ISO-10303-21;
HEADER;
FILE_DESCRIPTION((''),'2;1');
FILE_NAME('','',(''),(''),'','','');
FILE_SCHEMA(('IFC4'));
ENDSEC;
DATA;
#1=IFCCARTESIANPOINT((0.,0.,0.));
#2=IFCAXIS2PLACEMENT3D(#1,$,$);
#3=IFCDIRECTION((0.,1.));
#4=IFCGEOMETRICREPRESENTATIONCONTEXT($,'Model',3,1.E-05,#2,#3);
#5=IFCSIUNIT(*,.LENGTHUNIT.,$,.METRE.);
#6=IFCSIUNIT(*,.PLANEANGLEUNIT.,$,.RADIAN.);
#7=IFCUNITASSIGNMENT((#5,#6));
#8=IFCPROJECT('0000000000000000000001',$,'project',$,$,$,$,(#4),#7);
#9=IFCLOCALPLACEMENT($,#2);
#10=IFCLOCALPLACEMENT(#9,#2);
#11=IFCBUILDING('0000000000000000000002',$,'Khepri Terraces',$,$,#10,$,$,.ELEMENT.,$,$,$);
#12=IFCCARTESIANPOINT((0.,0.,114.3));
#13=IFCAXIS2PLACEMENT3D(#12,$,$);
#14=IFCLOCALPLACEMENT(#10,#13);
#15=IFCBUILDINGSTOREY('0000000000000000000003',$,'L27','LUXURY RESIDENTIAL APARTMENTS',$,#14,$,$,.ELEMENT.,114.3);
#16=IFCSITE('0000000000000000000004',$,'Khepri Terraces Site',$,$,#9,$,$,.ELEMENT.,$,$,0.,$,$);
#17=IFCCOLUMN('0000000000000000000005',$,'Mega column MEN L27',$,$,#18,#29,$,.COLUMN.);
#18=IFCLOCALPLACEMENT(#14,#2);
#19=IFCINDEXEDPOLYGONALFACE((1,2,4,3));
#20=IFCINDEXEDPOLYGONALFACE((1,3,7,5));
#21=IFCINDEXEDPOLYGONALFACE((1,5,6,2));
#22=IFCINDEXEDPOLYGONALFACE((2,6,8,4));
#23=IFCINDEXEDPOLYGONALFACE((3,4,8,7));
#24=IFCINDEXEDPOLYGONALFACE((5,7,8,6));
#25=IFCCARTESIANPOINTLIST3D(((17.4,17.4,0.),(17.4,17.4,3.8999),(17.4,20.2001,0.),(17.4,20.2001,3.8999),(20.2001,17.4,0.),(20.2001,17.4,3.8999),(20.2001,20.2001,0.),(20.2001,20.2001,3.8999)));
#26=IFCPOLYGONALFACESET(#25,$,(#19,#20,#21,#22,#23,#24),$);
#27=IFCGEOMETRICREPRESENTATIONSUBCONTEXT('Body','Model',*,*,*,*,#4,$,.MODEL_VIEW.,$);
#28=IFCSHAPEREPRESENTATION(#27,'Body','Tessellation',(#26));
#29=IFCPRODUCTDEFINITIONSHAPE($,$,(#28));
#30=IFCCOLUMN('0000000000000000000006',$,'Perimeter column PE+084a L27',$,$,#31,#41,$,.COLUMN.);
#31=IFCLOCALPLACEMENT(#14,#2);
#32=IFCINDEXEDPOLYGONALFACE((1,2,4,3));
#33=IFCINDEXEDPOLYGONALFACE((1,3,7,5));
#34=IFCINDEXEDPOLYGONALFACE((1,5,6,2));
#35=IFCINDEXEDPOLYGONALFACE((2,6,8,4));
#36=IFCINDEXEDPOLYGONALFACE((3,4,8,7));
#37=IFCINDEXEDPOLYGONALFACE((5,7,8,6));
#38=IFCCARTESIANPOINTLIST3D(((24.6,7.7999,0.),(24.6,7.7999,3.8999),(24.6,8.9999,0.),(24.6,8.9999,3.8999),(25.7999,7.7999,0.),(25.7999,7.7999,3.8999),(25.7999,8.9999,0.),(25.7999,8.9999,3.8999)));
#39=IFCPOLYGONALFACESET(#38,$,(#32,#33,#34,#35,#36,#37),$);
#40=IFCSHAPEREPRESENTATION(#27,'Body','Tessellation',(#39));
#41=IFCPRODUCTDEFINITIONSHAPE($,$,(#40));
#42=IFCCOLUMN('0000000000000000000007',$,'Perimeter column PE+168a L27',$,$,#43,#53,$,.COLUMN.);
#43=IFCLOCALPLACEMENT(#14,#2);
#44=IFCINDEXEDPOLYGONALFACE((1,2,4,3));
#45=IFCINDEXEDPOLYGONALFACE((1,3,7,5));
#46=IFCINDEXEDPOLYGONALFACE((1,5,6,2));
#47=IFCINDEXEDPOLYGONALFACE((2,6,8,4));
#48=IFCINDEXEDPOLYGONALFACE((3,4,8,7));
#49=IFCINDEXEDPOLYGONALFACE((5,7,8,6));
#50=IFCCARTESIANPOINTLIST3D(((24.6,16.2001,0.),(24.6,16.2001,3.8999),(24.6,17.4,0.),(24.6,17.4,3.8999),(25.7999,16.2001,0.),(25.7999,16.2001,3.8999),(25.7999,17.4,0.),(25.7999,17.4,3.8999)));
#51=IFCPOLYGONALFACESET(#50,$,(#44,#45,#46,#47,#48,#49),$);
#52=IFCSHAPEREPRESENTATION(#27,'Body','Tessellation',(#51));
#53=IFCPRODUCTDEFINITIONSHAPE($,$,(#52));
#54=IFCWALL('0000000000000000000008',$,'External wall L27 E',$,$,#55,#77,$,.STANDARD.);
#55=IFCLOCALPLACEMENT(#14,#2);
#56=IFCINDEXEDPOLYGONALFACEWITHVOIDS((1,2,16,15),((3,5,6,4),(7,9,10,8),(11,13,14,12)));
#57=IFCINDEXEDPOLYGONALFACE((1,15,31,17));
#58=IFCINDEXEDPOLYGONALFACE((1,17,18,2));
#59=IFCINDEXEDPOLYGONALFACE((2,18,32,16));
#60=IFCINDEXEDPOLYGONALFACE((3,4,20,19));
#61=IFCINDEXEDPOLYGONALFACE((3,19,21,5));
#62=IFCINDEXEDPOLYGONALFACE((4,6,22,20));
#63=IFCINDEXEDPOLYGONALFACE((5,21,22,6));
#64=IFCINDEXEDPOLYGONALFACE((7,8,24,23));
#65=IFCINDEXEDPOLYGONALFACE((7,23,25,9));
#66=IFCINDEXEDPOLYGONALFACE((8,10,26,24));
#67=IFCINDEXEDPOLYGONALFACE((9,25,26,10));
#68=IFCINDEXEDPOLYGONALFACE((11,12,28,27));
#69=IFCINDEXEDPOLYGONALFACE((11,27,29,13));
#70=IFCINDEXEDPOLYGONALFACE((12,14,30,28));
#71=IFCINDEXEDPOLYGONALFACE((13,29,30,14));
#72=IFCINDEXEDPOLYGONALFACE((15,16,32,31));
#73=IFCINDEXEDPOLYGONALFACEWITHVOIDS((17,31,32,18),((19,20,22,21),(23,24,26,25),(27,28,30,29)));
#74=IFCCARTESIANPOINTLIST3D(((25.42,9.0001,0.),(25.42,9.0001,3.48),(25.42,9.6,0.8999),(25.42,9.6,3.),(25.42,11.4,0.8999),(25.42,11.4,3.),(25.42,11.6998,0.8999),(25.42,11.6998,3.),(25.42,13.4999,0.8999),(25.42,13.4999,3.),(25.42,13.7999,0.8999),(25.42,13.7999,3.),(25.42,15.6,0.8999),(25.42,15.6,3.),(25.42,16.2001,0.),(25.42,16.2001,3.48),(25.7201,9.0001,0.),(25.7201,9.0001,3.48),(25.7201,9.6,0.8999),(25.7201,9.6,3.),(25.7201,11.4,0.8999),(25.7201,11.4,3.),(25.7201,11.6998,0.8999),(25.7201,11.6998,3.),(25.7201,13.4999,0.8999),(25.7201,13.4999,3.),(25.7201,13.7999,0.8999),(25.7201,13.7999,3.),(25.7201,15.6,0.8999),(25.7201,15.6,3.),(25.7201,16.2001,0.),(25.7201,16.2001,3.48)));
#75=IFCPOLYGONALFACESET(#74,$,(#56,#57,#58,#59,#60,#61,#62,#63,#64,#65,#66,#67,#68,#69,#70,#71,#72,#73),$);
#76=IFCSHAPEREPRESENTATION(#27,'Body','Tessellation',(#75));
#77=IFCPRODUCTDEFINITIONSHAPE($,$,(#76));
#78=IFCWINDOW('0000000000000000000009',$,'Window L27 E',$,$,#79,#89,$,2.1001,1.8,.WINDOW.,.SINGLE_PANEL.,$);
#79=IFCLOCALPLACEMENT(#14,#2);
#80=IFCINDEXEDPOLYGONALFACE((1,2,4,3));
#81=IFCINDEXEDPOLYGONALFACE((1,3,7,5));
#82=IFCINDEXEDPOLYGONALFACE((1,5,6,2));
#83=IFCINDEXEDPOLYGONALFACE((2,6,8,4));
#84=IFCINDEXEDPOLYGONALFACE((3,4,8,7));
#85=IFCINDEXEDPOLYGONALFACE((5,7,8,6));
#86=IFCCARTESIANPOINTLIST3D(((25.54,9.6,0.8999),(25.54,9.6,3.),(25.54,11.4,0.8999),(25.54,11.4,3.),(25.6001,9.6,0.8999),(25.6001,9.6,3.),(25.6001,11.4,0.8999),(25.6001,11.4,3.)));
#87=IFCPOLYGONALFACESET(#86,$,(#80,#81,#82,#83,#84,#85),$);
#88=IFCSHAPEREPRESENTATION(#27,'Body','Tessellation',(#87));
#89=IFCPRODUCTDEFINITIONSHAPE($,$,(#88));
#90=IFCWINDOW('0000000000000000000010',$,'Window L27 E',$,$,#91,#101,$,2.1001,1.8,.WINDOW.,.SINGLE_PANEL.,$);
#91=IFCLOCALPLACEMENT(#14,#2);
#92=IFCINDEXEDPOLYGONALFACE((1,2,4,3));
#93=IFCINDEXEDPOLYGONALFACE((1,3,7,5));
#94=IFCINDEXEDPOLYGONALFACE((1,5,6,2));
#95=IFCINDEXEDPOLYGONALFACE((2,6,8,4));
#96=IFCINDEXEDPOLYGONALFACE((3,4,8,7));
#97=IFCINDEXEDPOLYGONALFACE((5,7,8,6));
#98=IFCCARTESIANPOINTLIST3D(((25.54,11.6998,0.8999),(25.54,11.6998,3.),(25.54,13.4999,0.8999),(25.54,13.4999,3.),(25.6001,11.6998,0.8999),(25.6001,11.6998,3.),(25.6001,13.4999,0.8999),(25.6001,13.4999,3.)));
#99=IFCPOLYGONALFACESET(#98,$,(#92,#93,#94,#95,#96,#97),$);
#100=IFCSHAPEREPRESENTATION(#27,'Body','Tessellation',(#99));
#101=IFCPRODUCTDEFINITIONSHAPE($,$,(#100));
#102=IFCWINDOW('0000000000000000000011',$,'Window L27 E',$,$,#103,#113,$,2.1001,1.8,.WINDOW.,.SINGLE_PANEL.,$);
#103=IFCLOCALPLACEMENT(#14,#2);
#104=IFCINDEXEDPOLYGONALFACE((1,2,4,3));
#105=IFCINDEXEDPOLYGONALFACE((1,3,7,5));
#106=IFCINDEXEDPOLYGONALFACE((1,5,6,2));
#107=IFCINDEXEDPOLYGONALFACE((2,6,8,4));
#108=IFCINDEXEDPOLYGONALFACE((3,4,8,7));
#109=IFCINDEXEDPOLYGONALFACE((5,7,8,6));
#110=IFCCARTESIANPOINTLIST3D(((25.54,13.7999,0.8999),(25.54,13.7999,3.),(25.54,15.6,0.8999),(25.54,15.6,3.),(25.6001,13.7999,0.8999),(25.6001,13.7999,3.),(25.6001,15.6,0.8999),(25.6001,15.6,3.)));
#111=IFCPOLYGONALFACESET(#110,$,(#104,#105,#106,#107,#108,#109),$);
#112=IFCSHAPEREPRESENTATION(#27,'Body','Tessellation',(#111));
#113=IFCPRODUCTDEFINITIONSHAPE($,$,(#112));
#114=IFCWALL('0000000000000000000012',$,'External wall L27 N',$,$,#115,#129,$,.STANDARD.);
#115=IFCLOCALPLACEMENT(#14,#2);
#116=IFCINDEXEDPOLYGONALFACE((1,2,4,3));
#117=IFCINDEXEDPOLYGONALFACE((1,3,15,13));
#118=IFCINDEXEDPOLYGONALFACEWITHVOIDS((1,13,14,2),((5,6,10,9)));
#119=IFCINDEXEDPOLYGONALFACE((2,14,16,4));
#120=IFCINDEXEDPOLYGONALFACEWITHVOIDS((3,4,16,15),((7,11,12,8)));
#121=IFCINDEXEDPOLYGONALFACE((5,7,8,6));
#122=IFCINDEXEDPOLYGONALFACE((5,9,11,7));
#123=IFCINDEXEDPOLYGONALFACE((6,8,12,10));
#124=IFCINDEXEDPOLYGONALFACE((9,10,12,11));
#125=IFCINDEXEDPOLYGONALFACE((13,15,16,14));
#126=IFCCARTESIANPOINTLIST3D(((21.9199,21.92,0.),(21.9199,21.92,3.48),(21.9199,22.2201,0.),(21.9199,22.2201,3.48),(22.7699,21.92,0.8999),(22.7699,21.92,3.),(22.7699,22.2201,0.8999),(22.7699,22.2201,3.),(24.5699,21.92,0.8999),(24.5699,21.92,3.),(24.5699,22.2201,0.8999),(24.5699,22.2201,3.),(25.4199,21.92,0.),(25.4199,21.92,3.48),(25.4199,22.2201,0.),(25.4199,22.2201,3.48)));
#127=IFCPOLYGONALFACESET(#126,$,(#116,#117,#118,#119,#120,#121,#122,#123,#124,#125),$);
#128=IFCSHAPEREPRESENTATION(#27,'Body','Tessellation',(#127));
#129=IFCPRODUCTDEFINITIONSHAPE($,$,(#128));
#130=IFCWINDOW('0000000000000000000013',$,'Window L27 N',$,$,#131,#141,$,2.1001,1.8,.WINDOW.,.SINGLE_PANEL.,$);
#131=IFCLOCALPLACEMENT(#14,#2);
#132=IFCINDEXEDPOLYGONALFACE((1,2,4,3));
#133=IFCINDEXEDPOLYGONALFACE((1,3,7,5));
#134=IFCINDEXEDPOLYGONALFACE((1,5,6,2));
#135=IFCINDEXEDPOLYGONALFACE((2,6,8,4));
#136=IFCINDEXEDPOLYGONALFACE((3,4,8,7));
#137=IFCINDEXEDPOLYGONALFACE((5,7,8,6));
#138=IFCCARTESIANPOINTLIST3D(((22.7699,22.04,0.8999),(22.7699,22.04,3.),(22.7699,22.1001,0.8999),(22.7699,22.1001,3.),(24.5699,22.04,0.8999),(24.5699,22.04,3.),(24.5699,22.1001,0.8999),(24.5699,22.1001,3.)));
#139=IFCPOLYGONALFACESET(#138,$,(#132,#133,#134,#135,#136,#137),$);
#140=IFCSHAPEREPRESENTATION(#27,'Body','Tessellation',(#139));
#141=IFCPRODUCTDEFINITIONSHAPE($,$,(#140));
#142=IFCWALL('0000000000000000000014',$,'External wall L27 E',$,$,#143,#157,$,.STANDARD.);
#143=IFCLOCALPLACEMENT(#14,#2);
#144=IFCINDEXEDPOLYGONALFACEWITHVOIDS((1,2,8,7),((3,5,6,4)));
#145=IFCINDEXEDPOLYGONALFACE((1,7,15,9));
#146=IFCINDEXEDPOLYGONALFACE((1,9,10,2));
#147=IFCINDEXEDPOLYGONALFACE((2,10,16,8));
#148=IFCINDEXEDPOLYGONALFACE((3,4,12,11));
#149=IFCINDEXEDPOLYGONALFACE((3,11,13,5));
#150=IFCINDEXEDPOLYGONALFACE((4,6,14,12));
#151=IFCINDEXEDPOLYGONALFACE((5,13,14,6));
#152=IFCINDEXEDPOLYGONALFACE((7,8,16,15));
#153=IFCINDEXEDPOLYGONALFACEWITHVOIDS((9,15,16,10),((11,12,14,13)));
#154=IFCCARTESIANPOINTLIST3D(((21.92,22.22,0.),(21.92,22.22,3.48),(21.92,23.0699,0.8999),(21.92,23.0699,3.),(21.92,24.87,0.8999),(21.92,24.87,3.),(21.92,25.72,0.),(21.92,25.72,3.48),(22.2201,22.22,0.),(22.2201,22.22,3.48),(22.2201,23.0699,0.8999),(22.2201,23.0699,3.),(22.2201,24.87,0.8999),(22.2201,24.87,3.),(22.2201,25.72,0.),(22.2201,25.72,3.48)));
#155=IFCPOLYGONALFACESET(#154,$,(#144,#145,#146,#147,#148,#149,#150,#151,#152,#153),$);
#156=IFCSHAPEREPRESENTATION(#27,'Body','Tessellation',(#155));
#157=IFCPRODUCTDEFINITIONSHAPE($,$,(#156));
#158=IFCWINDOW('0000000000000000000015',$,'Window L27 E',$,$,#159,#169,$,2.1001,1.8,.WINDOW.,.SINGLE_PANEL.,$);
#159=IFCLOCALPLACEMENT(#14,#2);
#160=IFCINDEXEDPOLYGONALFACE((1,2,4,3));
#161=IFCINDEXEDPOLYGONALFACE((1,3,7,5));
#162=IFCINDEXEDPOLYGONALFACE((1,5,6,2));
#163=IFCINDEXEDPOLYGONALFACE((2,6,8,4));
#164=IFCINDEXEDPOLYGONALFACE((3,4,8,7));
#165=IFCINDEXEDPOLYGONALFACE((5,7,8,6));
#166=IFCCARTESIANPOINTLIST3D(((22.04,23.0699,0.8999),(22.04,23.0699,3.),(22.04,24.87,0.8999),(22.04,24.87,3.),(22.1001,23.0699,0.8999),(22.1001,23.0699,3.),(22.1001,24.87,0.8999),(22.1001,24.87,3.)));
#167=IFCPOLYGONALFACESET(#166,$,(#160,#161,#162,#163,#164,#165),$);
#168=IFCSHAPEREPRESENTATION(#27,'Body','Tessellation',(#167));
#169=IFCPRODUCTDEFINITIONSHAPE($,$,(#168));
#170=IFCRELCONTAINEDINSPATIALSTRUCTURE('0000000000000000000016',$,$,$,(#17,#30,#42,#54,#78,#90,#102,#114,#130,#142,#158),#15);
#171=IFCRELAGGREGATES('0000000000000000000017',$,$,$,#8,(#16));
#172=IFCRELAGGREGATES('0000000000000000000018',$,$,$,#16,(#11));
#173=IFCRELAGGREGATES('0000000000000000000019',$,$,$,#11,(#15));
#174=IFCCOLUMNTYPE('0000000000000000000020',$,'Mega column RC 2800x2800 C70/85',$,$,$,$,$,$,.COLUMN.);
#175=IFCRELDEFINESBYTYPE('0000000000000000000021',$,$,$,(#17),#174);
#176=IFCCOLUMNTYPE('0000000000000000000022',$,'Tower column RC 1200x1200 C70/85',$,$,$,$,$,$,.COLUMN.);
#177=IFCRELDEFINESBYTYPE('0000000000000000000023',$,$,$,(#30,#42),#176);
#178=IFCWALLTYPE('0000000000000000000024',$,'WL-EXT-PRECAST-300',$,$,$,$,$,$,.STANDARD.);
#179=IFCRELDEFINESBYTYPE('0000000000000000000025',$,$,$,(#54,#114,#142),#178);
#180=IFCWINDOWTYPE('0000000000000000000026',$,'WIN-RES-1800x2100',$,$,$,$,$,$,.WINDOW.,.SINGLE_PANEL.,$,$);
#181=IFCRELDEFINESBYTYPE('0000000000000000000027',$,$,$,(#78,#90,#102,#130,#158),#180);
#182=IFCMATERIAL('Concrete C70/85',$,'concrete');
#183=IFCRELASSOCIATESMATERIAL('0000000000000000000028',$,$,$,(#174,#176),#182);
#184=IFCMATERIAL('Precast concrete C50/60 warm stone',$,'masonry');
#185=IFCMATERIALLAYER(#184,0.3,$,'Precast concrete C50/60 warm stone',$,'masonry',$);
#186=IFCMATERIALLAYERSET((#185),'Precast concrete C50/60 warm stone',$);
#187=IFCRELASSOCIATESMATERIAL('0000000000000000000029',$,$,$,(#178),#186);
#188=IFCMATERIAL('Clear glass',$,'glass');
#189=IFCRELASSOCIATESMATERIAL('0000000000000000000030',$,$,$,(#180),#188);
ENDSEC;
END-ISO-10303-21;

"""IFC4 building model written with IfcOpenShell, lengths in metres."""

from ifc_helpers import new_model, si_unit, direction, frame, frame_2d, origin, origin_2d, place, context, subcontext, project, spatial, rectangle, extrude, material, layer, layer_set, material_profile, profile_set, type_object, element, fill, save


model = new_model("IFC4")

# Units and contexts
model_context = context("Model", 3, precision=1e-05, world=origin(), true_north=direction((0.0, 1.0)))
body_context = subcontext(model_context, "Body", "Model", "MODEL_VIEW")
ifc_project = project(units=[si_unit("LENGTHUNIT", "METRE"), si_unit("PLANEANGLEUNIT", "RADIAN")], contexts=[model_context])

# Site, building, storey
site_placement = place(None, origin())
site = spatial("IfcSite", under=ifc_project, at=site_placement, Name="Khepri Terraces Site", CompositionType="ELEMENT", RefElevation=0.0)
building_placement = place(site_placement, origin())
building = spatial("IfcBuilding", under=site, at=building_placement, Name="Khepri Terraces", CompositionType="ELEMENT")
storey_placement = place(building_placement, frame((0.0, 0.0, 114.3)))
storey = spatial("IfcBuildingStorey", under=building, at=storey_placement, Name="L27", Description="LUXURY RESIDENTIAL APARTMENTS", CompositionType="ELEMENT", Elevation=114.3)

# Columns
ifc_material_1 = material(Name="Concrete C70/85", Category="concrete")
ifc_material_profile_1 = material_profile(ifc_material_1, rectangle(XDim=2.8, YDim=2.8, at=origin_2d()), Name="Concrete C70/85", Category="concrete")
ifc_profile_set_1 = profile_set([ifc_material_profile_1], Name="Concrete C70/85")
column_type_1 = type_object("IfcColumnType", Name="Mega column RC 2800x2800 C70/85", PredefinedType="COLUMN", material=ifc_profile_set_1)
column_placement = place(storey_placement, frame((18.8, 18.8, 0.0), z_axis=(0.0, 0.0, 1.0), x_axis=(1.0, 0.0, 0.0)))
element("IfcColumn", 1, at=column_placement, inside=storey, type_object=column_type_1, Name="Mega column MEN L27", PredefinedType="COLUMN", context=body_context, shape_type="SweptSolid", body=[
    extrude(rectangle(XDim=2.8, YDim=2.8, at=origin_2d()), origin(), (0.0, 0.0, 1.0), 3.8999),
])
ifc_material_profile_2 = material_profile(ifc_material_1, rectangle(XDim=1.2, YDim=1.2, at=origin_2d()), Name="Concrete C70/85", Category="concrete")
ifc_profile_set_2 = profile_set([ifc_material_profile_2], Name="Concrete C70/85")
column_type_2 = type_object("IfcColumnType", Name="Tower column RC 1200x1200 C70/85", PredefinedType="COLUMN", material=ifc_profile_set_2)
for number, where, z_axis, x_axis, name in (
    (2, (25.2, 8.3999, 0.0), (0.0, 0.0, 1.0), (1.0, 0.0, 0.0), "Perimeter column PE+084a L27"),
    (3, (25.2, 16.8, 0.0), (0.0, 0.0, 1.0), (1.0, 0.0, 0.0), "Perimeter column PE+168a L27"),
):
    element("IfcColumn", number, at=place(storey_placement, frame(where, z_axis=z_axis, x_axis=x_axis)), inside=storey, type_object=column_type_2, Name=name, PredefinedType="COLUMN", context=body_context, shape_type="SweptSolid", body=[
        extrude(rectangle(XDim=1.2, YDim=1.2, at=origin_2d()), origin(), (0.0, 0.0, 1.0), 3.8999),
    ])

# Wall, openings, windows
ifc_material_2 = material(Name="Precast concrete C50/60 warm stone", Category="masonry")
ifc_layer_1 = layer(ifc_material_2, 0.3, Name="Precast concrete C50/60 warm stone", Category="masonry")
ifc_layer_set_1 = layer_set([ifc_layer_1], Name="Precast concrete C50/60 warm stone")
wall_type_1 = type_object("IfcWallType", Name="WL-EXT-PRECAST-300", PredefinedType="STANDARD", material=ifc_layer_set_1)
wall_1_placement = place(storey_placement, frame((25.5701, 9.0, 0.0), z_axis=(0.0, 0.0, 1.0), x_axis=(0.0, 1.0, 0.0)))
wall_1 = element("IfcWall", 4, at=wall_1_placement, inside=storey, type_object=wall_type_1, Name="External wall L27 E", PredefinedType="STANDARD", context=body_context, shape_type="SweptSolid", body=[
    extrude(rectangle(XDim=7.2, YDim=0.3, at=frame_2d((3.6001, 0.0))), origin(), (0.0, 0.0, 1.0), 3.48),
])
opening_1_placement = place(wall_1_placement, frame((0.6001, 0.0, 0.8999)))
opening_1 = element("IfcOpeningElement", 5, at=opening_1_placement, cuts=wall_1, PredefinedType="OPENING", context=body_context, shape_type="SweptSolid", body=[
    extrude(rectangle(XDim=1.8, YDim=2.1001, at=frame_2d((0.8999, 1.05))), frame((0.0, 0.1602, 0.0), z_axis=(0.0, -1.0, 0.0), x_axis=(1.0, 0.0, 0.0)), (0.0, 0.0, 1.0), 0.3201),
])
opening_2_placement = place(wall_1_placement, frame((2.7, 0.0, 0.8999)))
opening_2 = element("IfcOpeningElement", 6, at=opening_2_placement, cuts=wall_1, PredefinedType="OPENING", context=body_context, shape_type="SweptSolid", body=[
    extrude(rectangle(XDim=1.8, YDim=2.1001, at=frame_2d((0.8999, 1.05))), frame((0.0, 0.1602, 0.0), z_axis=(0.0, -1.0, 0.0), x_axis=(1.0, 0.0, 0.0)), (0.0, 0.0, 1.0), 0.3201),
])
opening_3_placement = place(wall_1_placement, frame((4.8, 0.0, 0.8999)))
opening_3 = element("IfcOpeningElement", 7, at=opening_3_placement, cuts=wall_1, PredefinedType="OPENING", context=body_context, shape_type="SweptSolid", body=[
    extrude(rectangle(XDim=1.8, YDim=2.1001, at=frame_2d((0.8999, 1.05))), frame((0.0, 0.1602, 0.0), z_axis=(0.0, -1.0, 0.0), x_axis=(1.0, 0.0, 0.0)), (0.0, 0.0, 1.0), 0.3201),
])
ifc_material_3 = material(Name="Clear glass", Category="glass")
window_type = type_object("IfcWindowType", Name="WIN-RES-1800x2100", PartitioningType="SINGLE_PANEL", PredefinedType="WINDOW", material=ifc_material_3)
window_1_placement = place(opening_1_placement, origin())
window_1 = element("IfcWindow", 8, at=window_1_placement, inside=storey, type_object=window_type, Name="Window L27 E", OverallHeight=2.1001, OverallWidth=1.8, PartitioningType="SINGLE_PANEL", PredefinedType="WINDOW", context=body_context, shape_type="SweptSolid", body=[
    extrude(rectangle(XDim=1.8, YDim=2.1001, at=frame_2d((0.8999, 1.05))), frame((0.0, 0.03, 0.0), z_axis=(0.0, -1.0, 0.0), x_axis=(1.0, 0.0, 0.0)), (0.0, 0.0, 1.0), 0.0601),
])
fill(opening_1, window_1)
window_2_placement = place(opening_2_placement, origin())
window_2 = element("IfcWindow", 9, at=window_2_placement, inside=storey, type_object=window_type, Name="Window L27 E", OverallHeight=2.1001, OverallWidth=1.8, PartitioningType="SINGLE_PANEL", PredefinedType="WINDOW", context=body_context, shape_type="SweptSolid", body=[
    extrude(rectangle(XDim=1.8, YDim=2.1001, at=frame_2d((0.8999, 1.05))), frame((0.0, 0.03, 0.0), z_axis=(0.0, -1.0, 0.0), x_axis=(1.0, 0.0, 0.0)), (0.0, 0.0, 1.0), 0.0601),
])
fill(opening_2, window_2)
window_3_placement = place(opening_3_placement, origin())
window_3 = element("IfcWindow", 10, at=window_3_placement, inside=storey, type_object=window_type, Name="Window L27 E", OverallHeight=2.1001, OverallWidth=1.8, PartitioningType="SINGLE_PANEL", PredefinedType="WINDOW", context=body_context, shape_type="SweptSolid", body=[
    extrude(rectangle(XDim=1.8, YDim=2.1001, at=frame_2d((0.8999, 1.05))), frame((0.0, 0.03, 0.0), z_axis=(0.0, -1.0, 0.0), x_axis=(1.0, 0.0, 0.0)), (0.0, 0.0, 1.0), 0.0601),
])
fill(opening_3, window_3)

# Walls, openings, windows
wall_2_placement = place(storey_placement, frame((25.4199, 22.0701, 0.0), z_axis=(0.0, 0.0, 1.0), x_axis=(-1.0, 0.0, 0.0)))
wall_2 = element("IfcWall", 11, at=wall_2_placement, inside=storey, type_object=wall_type_1, Name="External wall L27 N", PredefinedType="STANDARD", context=body_context, shape_type="SweptSolid", body=[
    extrude(rectangle(XDim=3.5, YDim=0.3, at=frame_2d((1.75, 0.0))), origin(), (0.0, 0.0, 1.0), 3.48),
])
opening_4_placement = place(wall_2_placement, frame((0.8501, 0.0, 0.8999)))
opening_4 = element("IfcOpeningElement", 12, at=opening_4_placement, cuts=wall_2, PredefinedType="OPENING", context=body_context, shape_type="SweptSolid", body=[
    extrude(rectangle(XDim=1.8, YDim=2.1001, at=frame_2d((0.8999, 1.05))), frame((0.0, 0.1602, 0.0), z_axis=(0.0, -1.0, 0.0), x_axis=(1.0, 0.0, 0.0)), (0.0, 0.0, 1.0), 0.3201),
])
window_4_placement = place(opening_4_placement, origin())
window_4 = element("IfcWindow", 13, at=window_4_placement, inside=storey, type_object=window_type, Name="Window L27 N", OverallHeight=2.1001, OverallWidth=1.8, PartitioningType="SINGLE_PANEL", PredefinedType="WINDOW", context=body_context, shape_type="SweptSolid", body=[
    extrude(rectangle(XDim=1.8, YDim=2.1001, at=frame_2d((0.8999, 1.05))), frame((0.0, 0.03, 0.0), z_axis=(0.0, -1.0, 0.0), x_axis=(1.0, 0.0, 0.0)), (0.0, 0.0, 1.0), 0.0601),
])
fill(opening_4, window_4)
wall_3_placement = place(storey_placement, frame((22.0701, 22.22, 0.0), z_axis=(0.0, 0.0, 1.0), x_axis=(0.0, 1.0, 0.0)))
wall_3 = element("IfcWall", 14, at=wall_3_placement, inside=storey, type_object=wall_type_1, Name="External wall L27 E", PredefinedType="STANDARD", context=body_context, shape_type="SweptSolid", body=[
    extrude(rectangle(XDim=3.5, YDim=0.3, at=frame_2d((1.75, 0.0))), origin(), (0.0, 0.0, 1.0), 3.48),
])
opening_5_placement = place(wall_3_placement, frame((0.8501, 0.0, 0.8999)))
opening_5 = element("IfcOpeningElement", 15, at=opening_5_placement, cuts=wall_3, PredefinedType="OPENING", context=body_context, shape_type="SweptSolid", body=[
    extrude(rectangle(XDim=1.8, YDim=2.1001, at=frame_2d((0.8999, 1.05))), frame((0.0, 0.1602, 0.0), z_axis=(0.0, -1.0, 0.0), x_axis=(1.0, 0.0, 0.0)), (0.0, 0.0, 1.0), 0.3201),
])
window_5_placement = place(opening_5_placement, origin())
window_5 = element("IfcWindow", 16, at=window_5_placement, inside=storey, type_object=window_type, Name="Window L27 E", OverallHeight=2.1001, OverallWidth=1.8, PartitioningType="SINGLE_PANEL", PredefinedType="WINDOW", context=body_context, shape_type="SweptSolid", body=[
    extrude(rectangle(XDim=1.8, YDim=2.1001, at=frame_2d((0.8999, 1.05))), frame((0.0, 0.03, 0.0), z_axis=(0.0, -1.0, 0.0), x_axis=(1.0, 0.0, 0.0)), (0.0, 0.0, 1.0), 0.0601),
])
fill(opening_5, window_5)

save(model, "model.ifc")
